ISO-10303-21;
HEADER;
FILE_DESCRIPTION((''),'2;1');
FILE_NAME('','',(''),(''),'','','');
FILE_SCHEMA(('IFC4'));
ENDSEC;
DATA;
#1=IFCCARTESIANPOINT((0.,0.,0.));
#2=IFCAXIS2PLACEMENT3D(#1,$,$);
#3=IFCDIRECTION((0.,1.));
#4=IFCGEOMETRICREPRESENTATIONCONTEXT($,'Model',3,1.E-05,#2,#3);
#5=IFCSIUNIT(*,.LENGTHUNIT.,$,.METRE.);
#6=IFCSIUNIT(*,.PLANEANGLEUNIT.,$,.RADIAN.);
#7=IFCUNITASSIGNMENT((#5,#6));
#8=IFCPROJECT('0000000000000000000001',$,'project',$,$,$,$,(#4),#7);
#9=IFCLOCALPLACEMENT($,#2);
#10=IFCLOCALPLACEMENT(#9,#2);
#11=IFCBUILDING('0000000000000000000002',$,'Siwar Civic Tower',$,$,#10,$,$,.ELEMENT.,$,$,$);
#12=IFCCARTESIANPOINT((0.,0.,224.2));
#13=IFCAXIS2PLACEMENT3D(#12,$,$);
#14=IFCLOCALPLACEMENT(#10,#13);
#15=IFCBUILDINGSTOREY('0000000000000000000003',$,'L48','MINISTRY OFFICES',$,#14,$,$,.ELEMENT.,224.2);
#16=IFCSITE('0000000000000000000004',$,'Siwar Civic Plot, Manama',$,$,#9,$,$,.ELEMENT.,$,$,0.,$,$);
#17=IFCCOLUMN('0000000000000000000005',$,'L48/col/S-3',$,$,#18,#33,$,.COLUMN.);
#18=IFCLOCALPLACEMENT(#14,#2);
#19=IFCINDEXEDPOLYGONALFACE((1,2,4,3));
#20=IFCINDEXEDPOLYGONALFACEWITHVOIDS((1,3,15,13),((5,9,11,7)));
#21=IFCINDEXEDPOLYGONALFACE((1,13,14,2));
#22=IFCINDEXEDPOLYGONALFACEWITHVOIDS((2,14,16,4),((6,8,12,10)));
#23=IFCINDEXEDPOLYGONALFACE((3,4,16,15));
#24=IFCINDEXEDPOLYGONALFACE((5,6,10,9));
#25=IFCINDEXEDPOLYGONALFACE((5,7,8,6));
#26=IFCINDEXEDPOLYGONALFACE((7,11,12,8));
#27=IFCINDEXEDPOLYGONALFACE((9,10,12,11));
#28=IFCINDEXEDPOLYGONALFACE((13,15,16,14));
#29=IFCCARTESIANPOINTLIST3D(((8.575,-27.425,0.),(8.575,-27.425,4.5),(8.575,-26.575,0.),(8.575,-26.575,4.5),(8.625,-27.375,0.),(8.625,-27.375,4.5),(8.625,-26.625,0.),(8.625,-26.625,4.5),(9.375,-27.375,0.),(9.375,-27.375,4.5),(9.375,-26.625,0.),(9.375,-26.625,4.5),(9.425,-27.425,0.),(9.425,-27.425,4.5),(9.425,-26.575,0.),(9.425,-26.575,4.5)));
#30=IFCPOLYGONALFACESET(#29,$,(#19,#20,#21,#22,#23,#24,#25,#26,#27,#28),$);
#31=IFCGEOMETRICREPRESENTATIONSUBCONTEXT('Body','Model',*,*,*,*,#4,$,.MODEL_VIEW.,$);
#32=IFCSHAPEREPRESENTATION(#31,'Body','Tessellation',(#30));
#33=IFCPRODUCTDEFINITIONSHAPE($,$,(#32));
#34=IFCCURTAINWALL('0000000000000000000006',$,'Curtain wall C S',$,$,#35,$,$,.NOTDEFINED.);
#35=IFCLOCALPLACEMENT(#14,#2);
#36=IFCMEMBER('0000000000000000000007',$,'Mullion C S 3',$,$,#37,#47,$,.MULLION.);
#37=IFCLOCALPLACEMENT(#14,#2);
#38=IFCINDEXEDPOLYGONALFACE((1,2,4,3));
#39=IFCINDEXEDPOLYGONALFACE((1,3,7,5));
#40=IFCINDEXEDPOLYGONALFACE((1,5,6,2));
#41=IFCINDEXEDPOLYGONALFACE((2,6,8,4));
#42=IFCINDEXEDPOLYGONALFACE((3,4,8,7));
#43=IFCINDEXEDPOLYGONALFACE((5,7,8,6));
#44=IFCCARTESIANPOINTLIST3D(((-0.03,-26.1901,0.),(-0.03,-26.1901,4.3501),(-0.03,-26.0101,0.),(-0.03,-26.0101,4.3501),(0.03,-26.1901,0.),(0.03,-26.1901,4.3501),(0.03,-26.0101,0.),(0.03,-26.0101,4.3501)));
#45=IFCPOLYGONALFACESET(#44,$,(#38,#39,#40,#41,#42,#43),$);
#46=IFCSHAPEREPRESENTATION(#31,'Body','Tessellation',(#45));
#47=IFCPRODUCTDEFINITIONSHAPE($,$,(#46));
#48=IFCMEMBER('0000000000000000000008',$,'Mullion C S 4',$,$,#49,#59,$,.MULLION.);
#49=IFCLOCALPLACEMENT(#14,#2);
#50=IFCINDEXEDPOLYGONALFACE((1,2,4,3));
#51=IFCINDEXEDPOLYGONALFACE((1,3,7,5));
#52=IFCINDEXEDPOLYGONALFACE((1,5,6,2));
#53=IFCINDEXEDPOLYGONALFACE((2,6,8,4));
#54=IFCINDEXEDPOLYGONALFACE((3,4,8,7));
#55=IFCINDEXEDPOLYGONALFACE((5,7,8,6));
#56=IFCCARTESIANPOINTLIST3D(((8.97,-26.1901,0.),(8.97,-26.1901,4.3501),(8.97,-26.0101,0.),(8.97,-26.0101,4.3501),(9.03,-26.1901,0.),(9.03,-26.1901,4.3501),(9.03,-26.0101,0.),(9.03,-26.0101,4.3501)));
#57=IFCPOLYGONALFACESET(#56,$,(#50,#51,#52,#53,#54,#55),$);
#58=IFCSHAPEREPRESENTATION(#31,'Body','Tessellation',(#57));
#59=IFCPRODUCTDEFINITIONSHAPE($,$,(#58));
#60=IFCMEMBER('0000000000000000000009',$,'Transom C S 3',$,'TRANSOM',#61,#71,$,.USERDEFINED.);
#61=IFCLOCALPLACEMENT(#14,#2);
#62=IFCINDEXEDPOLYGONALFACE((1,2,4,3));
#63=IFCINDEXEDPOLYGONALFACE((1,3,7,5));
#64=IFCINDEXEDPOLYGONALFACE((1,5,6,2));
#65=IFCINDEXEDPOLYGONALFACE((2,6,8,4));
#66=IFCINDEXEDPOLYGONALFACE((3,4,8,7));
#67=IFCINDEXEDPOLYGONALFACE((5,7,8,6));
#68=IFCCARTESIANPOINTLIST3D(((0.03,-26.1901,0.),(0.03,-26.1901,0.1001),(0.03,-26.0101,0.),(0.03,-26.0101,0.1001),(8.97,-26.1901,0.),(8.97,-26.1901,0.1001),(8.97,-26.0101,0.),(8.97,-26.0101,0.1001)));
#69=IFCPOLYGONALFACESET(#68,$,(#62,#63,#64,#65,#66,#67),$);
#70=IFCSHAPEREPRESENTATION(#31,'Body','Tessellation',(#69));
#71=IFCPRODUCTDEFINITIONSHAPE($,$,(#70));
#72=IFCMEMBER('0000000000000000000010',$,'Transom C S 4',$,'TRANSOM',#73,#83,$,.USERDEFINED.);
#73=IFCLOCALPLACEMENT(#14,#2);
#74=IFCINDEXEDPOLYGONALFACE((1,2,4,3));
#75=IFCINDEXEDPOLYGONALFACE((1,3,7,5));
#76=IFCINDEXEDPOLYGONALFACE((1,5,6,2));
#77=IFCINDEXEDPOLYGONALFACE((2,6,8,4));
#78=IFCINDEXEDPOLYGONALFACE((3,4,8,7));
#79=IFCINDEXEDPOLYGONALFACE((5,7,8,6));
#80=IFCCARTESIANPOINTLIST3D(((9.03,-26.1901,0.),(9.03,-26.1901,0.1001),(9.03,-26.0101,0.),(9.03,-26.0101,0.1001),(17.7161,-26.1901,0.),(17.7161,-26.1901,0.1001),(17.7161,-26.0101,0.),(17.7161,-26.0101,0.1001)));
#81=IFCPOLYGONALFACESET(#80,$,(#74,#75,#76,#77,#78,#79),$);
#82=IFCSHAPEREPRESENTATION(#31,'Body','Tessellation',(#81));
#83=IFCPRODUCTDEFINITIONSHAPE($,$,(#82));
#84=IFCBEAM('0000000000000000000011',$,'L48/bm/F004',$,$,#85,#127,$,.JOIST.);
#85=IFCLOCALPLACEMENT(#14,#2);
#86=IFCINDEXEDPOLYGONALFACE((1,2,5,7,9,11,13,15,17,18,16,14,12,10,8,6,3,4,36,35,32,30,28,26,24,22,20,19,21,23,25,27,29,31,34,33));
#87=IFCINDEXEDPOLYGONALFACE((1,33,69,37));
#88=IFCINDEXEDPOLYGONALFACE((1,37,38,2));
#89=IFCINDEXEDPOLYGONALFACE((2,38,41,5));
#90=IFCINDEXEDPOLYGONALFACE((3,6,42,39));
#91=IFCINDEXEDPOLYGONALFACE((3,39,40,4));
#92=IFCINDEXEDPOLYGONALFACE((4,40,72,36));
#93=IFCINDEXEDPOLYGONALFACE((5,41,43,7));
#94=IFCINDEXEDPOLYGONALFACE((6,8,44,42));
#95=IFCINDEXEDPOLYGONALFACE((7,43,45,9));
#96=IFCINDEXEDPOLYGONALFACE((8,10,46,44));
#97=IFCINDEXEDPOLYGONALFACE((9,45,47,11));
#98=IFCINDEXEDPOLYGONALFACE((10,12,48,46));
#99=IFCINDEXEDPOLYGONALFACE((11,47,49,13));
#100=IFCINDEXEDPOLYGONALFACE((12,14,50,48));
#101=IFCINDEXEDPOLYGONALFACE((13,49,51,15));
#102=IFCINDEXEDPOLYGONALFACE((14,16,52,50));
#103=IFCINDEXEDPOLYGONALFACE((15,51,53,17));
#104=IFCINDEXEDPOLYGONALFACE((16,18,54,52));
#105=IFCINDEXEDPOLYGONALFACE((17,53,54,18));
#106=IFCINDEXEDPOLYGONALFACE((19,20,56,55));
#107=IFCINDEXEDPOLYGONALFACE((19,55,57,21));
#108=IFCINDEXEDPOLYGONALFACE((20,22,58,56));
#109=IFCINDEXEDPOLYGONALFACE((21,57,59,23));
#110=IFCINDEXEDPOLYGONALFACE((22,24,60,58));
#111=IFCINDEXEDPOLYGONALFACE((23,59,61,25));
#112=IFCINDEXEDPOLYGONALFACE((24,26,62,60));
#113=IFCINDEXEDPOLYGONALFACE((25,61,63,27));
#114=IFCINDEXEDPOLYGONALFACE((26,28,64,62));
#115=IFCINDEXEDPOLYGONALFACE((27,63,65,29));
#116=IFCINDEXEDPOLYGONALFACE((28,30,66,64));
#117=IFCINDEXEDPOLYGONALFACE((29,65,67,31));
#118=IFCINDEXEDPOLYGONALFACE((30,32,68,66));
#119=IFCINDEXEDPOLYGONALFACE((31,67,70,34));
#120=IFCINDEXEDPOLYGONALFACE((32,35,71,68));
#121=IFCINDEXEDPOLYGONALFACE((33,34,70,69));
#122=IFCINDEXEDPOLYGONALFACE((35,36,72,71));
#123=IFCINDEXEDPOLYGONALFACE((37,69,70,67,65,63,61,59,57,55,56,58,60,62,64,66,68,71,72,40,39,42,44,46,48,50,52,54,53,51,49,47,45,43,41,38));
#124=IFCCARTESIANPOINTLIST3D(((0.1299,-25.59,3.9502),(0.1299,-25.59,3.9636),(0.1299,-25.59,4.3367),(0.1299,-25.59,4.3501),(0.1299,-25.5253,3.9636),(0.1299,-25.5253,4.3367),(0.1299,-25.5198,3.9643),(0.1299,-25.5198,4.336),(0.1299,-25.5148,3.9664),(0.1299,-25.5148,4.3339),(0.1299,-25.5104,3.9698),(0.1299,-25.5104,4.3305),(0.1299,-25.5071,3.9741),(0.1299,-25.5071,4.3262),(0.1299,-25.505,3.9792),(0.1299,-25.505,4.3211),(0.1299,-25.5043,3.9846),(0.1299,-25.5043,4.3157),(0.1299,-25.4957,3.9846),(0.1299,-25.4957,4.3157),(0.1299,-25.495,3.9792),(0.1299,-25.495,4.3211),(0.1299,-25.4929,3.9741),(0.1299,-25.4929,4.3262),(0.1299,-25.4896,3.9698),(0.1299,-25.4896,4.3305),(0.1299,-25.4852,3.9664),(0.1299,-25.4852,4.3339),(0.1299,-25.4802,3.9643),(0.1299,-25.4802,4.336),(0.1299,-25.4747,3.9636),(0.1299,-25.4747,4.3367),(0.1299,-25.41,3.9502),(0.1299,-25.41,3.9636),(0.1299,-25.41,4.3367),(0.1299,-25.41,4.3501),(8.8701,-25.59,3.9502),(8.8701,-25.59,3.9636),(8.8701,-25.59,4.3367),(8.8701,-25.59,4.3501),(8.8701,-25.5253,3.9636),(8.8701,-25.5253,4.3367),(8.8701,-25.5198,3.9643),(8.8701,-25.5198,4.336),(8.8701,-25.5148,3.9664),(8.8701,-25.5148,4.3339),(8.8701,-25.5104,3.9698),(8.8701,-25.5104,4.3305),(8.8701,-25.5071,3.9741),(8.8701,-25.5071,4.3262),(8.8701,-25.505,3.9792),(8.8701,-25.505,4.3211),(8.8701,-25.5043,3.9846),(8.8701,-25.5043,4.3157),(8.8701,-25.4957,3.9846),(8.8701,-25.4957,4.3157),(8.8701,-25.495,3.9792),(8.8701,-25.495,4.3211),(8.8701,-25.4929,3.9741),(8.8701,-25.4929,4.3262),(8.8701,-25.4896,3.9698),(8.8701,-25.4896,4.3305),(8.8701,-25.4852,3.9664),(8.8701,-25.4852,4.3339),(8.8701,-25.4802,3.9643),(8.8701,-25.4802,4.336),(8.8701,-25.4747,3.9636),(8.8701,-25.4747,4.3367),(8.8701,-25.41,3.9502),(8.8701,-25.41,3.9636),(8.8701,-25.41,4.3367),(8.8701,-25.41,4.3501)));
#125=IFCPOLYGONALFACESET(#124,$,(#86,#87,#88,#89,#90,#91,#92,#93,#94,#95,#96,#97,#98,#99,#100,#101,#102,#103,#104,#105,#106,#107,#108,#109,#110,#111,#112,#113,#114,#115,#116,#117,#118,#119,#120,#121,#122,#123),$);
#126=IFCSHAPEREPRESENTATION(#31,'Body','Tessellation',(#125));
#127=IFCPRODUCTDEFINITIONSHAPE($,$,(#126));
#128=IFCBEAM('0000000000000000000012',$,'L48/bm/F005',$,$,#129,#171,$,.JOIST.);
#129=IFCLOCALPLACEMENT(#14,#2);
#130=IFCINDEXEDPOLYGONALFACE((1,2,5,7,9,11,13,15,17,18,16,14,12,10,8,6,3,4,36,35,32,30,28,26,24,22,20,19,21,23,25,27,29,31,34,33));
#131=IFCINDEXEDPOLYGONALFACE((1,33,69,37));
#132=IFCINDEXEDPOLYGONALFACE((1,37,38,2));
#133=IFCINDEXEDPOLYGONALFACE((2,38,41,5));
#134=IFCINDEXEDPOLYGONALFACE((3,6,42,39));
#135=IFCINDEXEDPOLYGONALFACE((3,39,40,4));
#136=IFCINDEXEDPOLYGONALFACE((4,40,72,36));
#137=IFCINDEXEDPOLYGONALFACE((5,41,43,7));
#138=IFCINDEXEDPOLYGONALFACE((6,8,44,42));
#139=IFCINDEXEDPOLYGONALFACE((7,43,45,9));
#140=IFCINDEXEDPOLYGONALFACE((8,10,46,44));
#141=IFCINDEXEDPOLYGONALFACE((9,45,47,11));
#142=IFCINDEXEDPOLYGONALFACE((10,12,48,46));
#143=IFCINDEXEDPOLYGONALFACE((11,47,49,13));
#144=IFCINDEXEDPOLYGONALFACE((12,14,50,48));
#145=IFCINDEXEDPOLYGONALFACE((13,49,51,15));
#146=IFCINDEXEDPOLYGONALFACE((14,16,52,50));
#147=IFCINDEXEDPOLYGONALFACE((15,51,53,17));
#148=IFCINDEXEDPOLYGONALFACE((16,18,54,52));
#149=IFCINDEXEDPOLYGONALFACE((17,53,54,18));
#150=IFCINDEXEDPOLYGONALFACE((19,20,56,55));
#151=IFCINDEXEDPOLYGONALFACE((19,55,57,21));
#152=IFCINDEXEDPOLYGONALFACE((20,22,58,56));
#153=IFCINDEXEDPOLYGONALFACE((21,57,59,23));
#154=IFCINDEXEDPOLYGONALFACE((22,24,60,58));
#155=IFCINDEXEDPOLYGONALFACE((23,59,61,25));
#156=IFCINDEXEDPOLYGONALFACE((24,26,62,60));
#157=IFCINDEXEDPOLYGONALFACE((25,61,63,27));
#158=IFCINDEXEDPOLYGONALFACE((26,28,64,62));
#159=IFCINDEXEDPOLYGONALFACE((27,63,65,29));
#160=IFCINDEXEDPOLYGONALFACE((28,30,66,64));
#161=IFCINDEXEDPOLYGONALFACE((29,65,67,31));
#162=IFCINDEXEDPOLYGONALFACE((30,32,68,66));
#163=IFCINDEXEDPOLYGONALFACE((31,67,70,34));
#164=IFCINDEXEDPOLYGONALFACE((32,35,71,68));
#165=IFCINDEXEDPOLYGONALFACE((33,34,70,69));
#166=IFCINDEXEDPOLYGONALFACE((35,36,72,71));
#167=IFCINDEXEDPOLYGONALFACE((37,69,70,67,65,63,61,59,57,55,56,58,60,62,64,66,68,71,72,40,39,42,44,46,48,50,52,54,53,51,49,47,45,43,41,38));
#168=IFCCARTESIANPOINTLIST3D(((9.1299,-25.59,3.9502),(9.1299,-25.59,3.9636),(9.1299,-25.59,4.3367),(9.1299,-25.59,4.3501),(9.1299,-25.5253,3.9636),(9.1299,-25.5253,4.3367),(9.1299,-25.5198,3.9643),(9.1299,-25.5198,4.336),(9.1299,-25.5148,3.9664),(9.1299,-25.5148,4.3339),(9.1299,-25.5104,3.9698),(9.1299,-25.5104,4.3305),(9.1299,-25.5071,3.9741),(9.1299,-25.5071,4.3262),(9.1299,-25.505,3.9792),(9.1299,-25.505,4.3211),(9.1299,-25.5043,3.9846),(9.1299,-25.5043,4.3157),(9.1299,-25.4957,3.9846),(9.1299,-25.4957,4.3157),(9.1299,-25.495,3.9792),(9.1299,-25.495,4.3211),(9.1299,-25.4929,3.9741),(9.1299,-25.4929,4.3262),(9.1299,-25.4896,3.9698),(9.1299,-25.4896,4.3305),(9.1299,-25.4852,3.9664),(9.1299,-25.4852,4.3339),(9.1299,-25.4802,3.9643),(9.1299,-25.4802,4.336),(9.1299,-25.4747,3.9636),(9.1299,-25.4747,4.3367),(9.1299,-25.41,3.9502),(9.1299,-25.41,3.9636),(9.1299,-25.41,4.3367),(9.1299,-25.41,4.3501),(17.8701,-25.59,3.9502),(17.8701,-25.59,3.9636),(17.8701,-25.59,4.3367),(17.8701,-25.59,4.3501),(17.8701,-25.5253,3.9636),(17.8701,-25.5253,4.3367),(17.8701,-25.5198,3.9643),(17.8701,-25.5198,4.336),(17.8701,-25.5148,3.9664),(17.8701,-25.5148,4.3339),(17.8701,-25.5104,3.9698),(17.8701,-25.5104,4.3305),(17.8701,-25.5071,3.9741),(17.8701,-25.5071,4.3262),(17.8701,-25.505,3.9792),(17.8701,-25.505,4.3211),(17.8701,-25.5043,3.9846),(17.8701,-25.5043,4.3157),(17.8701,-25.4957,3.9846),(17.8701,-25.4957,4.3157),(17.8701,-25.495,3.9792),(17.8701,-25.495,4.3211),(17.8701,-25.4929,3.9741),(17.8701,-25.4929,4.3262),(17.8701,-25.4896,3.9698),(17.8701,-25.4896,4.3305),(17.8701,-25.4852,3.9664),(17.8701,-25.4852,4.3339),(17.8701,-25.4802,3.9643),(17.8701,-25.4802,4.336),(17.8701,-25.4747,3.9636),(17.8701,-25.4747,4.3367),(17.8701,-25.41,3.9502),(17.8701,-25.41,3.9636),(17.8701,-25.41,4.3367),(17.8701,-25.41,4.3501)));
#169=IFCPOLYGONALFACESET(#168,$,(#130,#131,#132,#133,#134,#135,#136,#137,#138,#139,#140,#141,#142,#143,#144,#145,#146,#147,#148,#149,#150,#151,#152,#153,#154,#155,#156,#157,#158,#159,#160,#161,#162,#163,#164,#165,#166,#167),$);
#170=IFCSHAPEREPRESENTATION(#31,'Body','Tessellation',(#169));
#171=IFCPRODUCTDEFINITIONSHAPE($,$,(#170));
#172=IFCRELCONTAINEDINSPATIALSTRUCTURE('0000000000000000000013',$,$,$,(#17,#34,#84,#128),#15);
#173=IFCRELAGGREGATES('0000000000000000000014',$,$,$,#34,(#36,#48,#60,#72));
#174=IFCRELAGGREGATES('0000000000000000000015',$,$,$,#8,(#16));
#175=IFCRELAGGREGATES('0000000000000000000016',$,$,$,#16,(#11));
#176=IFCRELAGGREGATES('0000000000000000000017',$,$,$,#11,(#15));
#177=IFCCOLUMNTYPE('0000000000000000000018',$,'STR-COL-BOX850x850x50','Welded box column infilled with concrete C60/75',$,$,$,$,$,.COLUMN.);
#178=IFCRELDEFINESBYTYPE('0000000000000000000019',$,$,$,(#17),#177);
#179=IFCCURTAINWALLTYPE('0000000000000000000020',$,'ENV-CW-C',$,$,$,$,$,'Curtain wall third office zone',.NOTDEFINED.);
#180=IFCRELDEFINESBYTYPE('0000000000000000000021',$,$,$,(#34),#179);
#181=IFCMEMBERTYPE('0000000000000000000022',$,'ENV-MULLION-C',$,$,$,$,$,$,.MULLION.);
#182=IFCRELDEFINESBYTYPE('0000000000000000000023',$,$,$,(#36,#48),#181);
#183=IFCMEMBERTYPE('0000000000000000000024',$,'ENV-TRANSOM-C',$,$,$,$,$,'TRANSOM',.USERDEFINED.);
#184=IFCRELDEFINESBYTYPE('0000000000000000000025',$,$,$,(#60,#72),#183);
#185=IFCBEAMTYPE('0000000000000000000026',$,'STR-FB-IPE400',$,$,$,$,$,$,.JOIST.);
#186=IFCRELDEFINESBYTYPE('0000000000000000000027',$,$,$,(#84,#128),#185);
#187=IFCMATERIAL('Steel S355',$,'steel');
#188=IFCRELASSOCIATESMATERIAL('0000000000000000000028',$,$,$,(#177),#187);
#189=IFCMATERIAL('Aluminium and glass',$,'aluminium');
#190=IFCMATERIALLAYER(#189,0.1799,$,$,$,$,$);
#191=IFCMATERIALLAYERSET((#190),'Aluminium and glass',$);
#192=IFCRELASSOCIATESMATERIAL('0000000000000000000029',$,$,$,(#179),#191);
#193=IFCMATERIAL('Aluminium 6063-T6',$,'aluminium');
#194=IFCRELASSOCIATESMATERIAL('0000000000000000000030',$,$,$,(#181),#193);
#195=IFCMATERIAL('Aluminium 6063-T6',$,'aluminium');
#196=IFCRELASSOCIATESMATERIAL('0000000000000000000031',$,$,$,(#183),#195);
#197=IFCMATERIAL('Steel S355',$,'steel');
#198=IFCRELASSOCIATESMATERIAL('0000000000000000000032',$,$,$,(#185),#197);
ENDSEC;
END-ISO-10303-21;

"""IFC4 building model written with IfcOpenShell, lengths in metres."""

from ifc_helpers import new_model, si_unit, direction, frame, origin, origin_2d, place, context, subcontext, project, spatial, rectangle, hollow_rectangle, i_section, extrude, material, layer, layer_set, material_profile, profile_set, type_object, element, aggregate, save


model = new_model("IFC4")

# Units and contexts
model_context = context("Model", 3, precision=1e-05, world=origin(), true_north=direction((0.0, 1.0)))
body_context = subcontext(model_context, "Body", "Model", "MODEL_VIEW")
ifc_project = project(units=[si_unit("LENGTHUNIT", "METRE"), si_unit("PLANEANGLEUNIT", "RADIAN")], contexts=[model_context])

# Site, building, storey
site_placement = place(None, origin())
site = spatial("IfcSite", under=ifc_project, at=site_placement, Name="Siwar Civic Plot, Manama", CompositionType="ELEMENT", RefElevation=0.0)
building_placement = place(site_placement, origin())
building = spatial("IfcBuilding", under=site, at=building_placement, Name="Siwar Civic Tower", CompositionType="ELEMENT")
storey_placement = place(building_placement, frame((0.0, 0.0, 224.2)))
storey = spatial("IfcBuildingStorey", under=building, at=storey_placement, Name="L48", Description="MINISTRY OFFICES", CompositionType="ELEMENT", Elevation=224.2)

# Column
ifc_material_1 = material(Name="Steel S355", Category="steel")
ifc_material_profile_1 = material_profile(ifc_material_1, hollow_rectangle(XDim=0.8501, YDim=0.8501, WallThickness=0.05, at=origin_2d()), Name="BOX850x850x50")
ifc_profile_set_1 = profile_set([ifc_material_profile_1], Name="Steel S355")
column_type = type_object("IfcColumnType", Name="STR-COL-BOX850x850x50", Description="Welded box column infilled with concrete C60/75", PredefinedType="COLUMN", material=ifc_profile_set_1)
column_placement = place(storey_placement, frame((9.0, -27.0, 0.0), z_axis=(0.0, 0.0, 1.0), x_axis=(1.0, 0.0, 0.0)))
element("IfcColumn", 1, at=column_placement, inside=storey, type_object=column_type, Name="L48/col/S-3", PredefinedType="COLUMN", context=body_context, shape_type="SweptSolid", body=[
    extrude(hollow_rectangle(XDim=0.8501, YDim=0.8501, WallThickness=0.05, at=origin_2d()), origin(), (0.0, 0.0, 1.0), 4.5),
])

# Curtain wall, members
ifc_material_2 = material(Name="Aluminium and glass", Category="aluminium")
ifc_layer_1 = layer(ifc_material_2, 0.1799)
ifc_layer_set_1 = layer_set([ifc_layer_1], Name="Aluminium and glass")
curtain_wall_type = type_object("IfcCurtainWallType", Name="ENV-CW-C", ElementType="Curtain wall third office zone", PredefinedType="NOTDEFINED", material=ifc_layer_set_1)
curtain_wall_placement = place(storey_placement, origin())
curtain_wall = element("IfcCurtainWall", 2, at=curtain_wall_placement, inside=storey, type_object=curtain_wall_type, Name="Curtain wall C S", PredefinedType="NOTDEFINED")
ifc_material_3 = material(Name="Aluminium 6063-T6", Category="aluminium")
ifc_material_profile_2 = material_profile(ifc_material_3, rectangle(XDim=0.1799, YDim=0.0601, at=origin_2d()), Name="AL 180x60")
ifc_profile_set_2 = profile_set([ifc_material_profile_2], Name="Aluminium 6063-T6")
member_type_1 = type_object("IfcMemberType", Name="ENV-MULLION-C", PredefinedType="MULLION", material=ifc_profile_set_2)
member_1_placement = place(storey_placement, frame((0.0, -26.1001, 0.0), z_axis=(0.0, 0.0, 1.0), x_axis=(0.0, 1.0, 0.0)))
member_1 = element("IfcMember", 3, at=member_1_placement, type_object=member_type_1, Name="Mullion C S 3", PredefinedType="MULLION", context=body_context, shape_type="SweptSolid", body=[
    extrude(rectangle(XDim=0.1799, YDim=0.0601, at=origin_2d()), origin(), (0.0, 0.0, 1.0), 4.3501),
])
member_2_placement = place(storey_placement, frame((9.0, -26.1001, 0.0), z_axis=(0.0, 0.0, 1.0), x_axis=(0.0, 1.0, 0.0)))
member_2 = element("IfcMember", 4, at=member_2_placement, type_object=member_type_1, Name="Mullion C S 4", PredefinedType="MULLION", context=body_context, shape_type="SweptSolid", body=[
    extrude(rectangle(XDim=0.1799, YDim=0.0601, at=origin_2d()), origin(), (0.0, 0.0, 1.0), 4.3501),
])
ifc_material_4 = material(Name="Aluminium 6063-T6", Category="aluminium")
ifc_material_profile_3 = material_profile(ifc_material_4, rectangle(XDim=0.1799, YDim=0.1001, at=origin_2d()), Name="AL 180x100")
ifc_profile_set_3 = profile_set([ifc_material_profile_3], Name="Aluminium 6063-T6")
member_type_2 = type_object("IfcMemberType", Name="ENV-TRANSOM-C", ElementType="TRANSOM", PredefinedType="USERDEFINED", material=ifc_profile_set_3)
member_3_placement = place(storey_placement, frame((0.03, -26.1001, 0.05), z_axis=(1.0, 0.0, 0.0), x_axis=(0.0, 1.0, 0.0)))
member_3 = element("IfcMember", 5, at=member_3_placement, type_object=member_type_2, Name="Transom C S 3", ObjectType="TRANSOM", PredefinedType="USERDEFINED", context=body_context, shape_type="SweptSolid", body=[
    extrude(rectangle(XDim=0.1799, YDim=0.1001, at=origin_2d()), origin(), (0.0, 0.0, 1.0), 8.9399),
])
member_4_placement = place(storey_placement, frame((9.03, -26.1001, 0.05), z_axis=(1.0, 0.0, 0.0), x_axis=(0.0, 1.0, 0.0)))
member_4 = element("IfcMember", 6, at=member_4_placement, type_object=member_type_2, Name="Transom C S 4", ObjectType="TRANSOM", PredefinedType="USERDEFINED", context=body_context, shape_type="SweptSolid", body=[
    extrude(rectangle(XDim=0.1799, YDim=0.1001, at=origin_2d()), origin(), (0.0, 0.0, 1.0), 8.686),
])

# Beams
ifc_material_5 = material(Name="Steel S355", Category="steel")
ifc_material_profile_4 = material_profile(ifc_material_5, i_section(OverallWidth=0.1799, OverallDepth=0.3999, WebThickness=0.0085, FlangeThickness=0.0134, FilletRadius=0.021, at=origin_2d()), Name="IPE400")
ifc_profile_set_4 = profile_set([ifc_material_profile_4], Name="Steel S355")
beam_type_1 = type_object("IfcBeamType", Name="STR-FB-IPE400", PredefinedType="JOIST", material=ifc_profile_set_4)
for number, where, z_axis, x_axis, name in (
    (7, (0.1299, -25.5, 4.1501), (1.0, 0.0, 0.0), (0.0, 1.0, 0.0), "L48/bm/F004"),
    (8, (9.1299, -25.5, 4.1501), (1.0, 0.0, 0.0), (0.0, 1.0, 0.0), "L48/bm/F005"),
):
    element("IfcBeam", number, at=place(storey_placement, frame(where, z_axis=z_axis, x_axis=x_axis)), inside=storey, type_object=beam_type_1, Name=name, PredefinedType="JOIST", context=body_context, shape_type="SweptSolid", body=[
        extrude(i_section(OverallWidth=0.1799, OverallDepth=0.3999, WebThickness=0.0085, FlangeThickness=0.0134, FilletRadius=0.021, at=origin_2d()), origin(), (0.0, 0.0, 1.0), 8.7402),
    ])

aggregate(curtain_wall, [member_1, member_2, member_3, member_4])

save(model, "model.ifc")
